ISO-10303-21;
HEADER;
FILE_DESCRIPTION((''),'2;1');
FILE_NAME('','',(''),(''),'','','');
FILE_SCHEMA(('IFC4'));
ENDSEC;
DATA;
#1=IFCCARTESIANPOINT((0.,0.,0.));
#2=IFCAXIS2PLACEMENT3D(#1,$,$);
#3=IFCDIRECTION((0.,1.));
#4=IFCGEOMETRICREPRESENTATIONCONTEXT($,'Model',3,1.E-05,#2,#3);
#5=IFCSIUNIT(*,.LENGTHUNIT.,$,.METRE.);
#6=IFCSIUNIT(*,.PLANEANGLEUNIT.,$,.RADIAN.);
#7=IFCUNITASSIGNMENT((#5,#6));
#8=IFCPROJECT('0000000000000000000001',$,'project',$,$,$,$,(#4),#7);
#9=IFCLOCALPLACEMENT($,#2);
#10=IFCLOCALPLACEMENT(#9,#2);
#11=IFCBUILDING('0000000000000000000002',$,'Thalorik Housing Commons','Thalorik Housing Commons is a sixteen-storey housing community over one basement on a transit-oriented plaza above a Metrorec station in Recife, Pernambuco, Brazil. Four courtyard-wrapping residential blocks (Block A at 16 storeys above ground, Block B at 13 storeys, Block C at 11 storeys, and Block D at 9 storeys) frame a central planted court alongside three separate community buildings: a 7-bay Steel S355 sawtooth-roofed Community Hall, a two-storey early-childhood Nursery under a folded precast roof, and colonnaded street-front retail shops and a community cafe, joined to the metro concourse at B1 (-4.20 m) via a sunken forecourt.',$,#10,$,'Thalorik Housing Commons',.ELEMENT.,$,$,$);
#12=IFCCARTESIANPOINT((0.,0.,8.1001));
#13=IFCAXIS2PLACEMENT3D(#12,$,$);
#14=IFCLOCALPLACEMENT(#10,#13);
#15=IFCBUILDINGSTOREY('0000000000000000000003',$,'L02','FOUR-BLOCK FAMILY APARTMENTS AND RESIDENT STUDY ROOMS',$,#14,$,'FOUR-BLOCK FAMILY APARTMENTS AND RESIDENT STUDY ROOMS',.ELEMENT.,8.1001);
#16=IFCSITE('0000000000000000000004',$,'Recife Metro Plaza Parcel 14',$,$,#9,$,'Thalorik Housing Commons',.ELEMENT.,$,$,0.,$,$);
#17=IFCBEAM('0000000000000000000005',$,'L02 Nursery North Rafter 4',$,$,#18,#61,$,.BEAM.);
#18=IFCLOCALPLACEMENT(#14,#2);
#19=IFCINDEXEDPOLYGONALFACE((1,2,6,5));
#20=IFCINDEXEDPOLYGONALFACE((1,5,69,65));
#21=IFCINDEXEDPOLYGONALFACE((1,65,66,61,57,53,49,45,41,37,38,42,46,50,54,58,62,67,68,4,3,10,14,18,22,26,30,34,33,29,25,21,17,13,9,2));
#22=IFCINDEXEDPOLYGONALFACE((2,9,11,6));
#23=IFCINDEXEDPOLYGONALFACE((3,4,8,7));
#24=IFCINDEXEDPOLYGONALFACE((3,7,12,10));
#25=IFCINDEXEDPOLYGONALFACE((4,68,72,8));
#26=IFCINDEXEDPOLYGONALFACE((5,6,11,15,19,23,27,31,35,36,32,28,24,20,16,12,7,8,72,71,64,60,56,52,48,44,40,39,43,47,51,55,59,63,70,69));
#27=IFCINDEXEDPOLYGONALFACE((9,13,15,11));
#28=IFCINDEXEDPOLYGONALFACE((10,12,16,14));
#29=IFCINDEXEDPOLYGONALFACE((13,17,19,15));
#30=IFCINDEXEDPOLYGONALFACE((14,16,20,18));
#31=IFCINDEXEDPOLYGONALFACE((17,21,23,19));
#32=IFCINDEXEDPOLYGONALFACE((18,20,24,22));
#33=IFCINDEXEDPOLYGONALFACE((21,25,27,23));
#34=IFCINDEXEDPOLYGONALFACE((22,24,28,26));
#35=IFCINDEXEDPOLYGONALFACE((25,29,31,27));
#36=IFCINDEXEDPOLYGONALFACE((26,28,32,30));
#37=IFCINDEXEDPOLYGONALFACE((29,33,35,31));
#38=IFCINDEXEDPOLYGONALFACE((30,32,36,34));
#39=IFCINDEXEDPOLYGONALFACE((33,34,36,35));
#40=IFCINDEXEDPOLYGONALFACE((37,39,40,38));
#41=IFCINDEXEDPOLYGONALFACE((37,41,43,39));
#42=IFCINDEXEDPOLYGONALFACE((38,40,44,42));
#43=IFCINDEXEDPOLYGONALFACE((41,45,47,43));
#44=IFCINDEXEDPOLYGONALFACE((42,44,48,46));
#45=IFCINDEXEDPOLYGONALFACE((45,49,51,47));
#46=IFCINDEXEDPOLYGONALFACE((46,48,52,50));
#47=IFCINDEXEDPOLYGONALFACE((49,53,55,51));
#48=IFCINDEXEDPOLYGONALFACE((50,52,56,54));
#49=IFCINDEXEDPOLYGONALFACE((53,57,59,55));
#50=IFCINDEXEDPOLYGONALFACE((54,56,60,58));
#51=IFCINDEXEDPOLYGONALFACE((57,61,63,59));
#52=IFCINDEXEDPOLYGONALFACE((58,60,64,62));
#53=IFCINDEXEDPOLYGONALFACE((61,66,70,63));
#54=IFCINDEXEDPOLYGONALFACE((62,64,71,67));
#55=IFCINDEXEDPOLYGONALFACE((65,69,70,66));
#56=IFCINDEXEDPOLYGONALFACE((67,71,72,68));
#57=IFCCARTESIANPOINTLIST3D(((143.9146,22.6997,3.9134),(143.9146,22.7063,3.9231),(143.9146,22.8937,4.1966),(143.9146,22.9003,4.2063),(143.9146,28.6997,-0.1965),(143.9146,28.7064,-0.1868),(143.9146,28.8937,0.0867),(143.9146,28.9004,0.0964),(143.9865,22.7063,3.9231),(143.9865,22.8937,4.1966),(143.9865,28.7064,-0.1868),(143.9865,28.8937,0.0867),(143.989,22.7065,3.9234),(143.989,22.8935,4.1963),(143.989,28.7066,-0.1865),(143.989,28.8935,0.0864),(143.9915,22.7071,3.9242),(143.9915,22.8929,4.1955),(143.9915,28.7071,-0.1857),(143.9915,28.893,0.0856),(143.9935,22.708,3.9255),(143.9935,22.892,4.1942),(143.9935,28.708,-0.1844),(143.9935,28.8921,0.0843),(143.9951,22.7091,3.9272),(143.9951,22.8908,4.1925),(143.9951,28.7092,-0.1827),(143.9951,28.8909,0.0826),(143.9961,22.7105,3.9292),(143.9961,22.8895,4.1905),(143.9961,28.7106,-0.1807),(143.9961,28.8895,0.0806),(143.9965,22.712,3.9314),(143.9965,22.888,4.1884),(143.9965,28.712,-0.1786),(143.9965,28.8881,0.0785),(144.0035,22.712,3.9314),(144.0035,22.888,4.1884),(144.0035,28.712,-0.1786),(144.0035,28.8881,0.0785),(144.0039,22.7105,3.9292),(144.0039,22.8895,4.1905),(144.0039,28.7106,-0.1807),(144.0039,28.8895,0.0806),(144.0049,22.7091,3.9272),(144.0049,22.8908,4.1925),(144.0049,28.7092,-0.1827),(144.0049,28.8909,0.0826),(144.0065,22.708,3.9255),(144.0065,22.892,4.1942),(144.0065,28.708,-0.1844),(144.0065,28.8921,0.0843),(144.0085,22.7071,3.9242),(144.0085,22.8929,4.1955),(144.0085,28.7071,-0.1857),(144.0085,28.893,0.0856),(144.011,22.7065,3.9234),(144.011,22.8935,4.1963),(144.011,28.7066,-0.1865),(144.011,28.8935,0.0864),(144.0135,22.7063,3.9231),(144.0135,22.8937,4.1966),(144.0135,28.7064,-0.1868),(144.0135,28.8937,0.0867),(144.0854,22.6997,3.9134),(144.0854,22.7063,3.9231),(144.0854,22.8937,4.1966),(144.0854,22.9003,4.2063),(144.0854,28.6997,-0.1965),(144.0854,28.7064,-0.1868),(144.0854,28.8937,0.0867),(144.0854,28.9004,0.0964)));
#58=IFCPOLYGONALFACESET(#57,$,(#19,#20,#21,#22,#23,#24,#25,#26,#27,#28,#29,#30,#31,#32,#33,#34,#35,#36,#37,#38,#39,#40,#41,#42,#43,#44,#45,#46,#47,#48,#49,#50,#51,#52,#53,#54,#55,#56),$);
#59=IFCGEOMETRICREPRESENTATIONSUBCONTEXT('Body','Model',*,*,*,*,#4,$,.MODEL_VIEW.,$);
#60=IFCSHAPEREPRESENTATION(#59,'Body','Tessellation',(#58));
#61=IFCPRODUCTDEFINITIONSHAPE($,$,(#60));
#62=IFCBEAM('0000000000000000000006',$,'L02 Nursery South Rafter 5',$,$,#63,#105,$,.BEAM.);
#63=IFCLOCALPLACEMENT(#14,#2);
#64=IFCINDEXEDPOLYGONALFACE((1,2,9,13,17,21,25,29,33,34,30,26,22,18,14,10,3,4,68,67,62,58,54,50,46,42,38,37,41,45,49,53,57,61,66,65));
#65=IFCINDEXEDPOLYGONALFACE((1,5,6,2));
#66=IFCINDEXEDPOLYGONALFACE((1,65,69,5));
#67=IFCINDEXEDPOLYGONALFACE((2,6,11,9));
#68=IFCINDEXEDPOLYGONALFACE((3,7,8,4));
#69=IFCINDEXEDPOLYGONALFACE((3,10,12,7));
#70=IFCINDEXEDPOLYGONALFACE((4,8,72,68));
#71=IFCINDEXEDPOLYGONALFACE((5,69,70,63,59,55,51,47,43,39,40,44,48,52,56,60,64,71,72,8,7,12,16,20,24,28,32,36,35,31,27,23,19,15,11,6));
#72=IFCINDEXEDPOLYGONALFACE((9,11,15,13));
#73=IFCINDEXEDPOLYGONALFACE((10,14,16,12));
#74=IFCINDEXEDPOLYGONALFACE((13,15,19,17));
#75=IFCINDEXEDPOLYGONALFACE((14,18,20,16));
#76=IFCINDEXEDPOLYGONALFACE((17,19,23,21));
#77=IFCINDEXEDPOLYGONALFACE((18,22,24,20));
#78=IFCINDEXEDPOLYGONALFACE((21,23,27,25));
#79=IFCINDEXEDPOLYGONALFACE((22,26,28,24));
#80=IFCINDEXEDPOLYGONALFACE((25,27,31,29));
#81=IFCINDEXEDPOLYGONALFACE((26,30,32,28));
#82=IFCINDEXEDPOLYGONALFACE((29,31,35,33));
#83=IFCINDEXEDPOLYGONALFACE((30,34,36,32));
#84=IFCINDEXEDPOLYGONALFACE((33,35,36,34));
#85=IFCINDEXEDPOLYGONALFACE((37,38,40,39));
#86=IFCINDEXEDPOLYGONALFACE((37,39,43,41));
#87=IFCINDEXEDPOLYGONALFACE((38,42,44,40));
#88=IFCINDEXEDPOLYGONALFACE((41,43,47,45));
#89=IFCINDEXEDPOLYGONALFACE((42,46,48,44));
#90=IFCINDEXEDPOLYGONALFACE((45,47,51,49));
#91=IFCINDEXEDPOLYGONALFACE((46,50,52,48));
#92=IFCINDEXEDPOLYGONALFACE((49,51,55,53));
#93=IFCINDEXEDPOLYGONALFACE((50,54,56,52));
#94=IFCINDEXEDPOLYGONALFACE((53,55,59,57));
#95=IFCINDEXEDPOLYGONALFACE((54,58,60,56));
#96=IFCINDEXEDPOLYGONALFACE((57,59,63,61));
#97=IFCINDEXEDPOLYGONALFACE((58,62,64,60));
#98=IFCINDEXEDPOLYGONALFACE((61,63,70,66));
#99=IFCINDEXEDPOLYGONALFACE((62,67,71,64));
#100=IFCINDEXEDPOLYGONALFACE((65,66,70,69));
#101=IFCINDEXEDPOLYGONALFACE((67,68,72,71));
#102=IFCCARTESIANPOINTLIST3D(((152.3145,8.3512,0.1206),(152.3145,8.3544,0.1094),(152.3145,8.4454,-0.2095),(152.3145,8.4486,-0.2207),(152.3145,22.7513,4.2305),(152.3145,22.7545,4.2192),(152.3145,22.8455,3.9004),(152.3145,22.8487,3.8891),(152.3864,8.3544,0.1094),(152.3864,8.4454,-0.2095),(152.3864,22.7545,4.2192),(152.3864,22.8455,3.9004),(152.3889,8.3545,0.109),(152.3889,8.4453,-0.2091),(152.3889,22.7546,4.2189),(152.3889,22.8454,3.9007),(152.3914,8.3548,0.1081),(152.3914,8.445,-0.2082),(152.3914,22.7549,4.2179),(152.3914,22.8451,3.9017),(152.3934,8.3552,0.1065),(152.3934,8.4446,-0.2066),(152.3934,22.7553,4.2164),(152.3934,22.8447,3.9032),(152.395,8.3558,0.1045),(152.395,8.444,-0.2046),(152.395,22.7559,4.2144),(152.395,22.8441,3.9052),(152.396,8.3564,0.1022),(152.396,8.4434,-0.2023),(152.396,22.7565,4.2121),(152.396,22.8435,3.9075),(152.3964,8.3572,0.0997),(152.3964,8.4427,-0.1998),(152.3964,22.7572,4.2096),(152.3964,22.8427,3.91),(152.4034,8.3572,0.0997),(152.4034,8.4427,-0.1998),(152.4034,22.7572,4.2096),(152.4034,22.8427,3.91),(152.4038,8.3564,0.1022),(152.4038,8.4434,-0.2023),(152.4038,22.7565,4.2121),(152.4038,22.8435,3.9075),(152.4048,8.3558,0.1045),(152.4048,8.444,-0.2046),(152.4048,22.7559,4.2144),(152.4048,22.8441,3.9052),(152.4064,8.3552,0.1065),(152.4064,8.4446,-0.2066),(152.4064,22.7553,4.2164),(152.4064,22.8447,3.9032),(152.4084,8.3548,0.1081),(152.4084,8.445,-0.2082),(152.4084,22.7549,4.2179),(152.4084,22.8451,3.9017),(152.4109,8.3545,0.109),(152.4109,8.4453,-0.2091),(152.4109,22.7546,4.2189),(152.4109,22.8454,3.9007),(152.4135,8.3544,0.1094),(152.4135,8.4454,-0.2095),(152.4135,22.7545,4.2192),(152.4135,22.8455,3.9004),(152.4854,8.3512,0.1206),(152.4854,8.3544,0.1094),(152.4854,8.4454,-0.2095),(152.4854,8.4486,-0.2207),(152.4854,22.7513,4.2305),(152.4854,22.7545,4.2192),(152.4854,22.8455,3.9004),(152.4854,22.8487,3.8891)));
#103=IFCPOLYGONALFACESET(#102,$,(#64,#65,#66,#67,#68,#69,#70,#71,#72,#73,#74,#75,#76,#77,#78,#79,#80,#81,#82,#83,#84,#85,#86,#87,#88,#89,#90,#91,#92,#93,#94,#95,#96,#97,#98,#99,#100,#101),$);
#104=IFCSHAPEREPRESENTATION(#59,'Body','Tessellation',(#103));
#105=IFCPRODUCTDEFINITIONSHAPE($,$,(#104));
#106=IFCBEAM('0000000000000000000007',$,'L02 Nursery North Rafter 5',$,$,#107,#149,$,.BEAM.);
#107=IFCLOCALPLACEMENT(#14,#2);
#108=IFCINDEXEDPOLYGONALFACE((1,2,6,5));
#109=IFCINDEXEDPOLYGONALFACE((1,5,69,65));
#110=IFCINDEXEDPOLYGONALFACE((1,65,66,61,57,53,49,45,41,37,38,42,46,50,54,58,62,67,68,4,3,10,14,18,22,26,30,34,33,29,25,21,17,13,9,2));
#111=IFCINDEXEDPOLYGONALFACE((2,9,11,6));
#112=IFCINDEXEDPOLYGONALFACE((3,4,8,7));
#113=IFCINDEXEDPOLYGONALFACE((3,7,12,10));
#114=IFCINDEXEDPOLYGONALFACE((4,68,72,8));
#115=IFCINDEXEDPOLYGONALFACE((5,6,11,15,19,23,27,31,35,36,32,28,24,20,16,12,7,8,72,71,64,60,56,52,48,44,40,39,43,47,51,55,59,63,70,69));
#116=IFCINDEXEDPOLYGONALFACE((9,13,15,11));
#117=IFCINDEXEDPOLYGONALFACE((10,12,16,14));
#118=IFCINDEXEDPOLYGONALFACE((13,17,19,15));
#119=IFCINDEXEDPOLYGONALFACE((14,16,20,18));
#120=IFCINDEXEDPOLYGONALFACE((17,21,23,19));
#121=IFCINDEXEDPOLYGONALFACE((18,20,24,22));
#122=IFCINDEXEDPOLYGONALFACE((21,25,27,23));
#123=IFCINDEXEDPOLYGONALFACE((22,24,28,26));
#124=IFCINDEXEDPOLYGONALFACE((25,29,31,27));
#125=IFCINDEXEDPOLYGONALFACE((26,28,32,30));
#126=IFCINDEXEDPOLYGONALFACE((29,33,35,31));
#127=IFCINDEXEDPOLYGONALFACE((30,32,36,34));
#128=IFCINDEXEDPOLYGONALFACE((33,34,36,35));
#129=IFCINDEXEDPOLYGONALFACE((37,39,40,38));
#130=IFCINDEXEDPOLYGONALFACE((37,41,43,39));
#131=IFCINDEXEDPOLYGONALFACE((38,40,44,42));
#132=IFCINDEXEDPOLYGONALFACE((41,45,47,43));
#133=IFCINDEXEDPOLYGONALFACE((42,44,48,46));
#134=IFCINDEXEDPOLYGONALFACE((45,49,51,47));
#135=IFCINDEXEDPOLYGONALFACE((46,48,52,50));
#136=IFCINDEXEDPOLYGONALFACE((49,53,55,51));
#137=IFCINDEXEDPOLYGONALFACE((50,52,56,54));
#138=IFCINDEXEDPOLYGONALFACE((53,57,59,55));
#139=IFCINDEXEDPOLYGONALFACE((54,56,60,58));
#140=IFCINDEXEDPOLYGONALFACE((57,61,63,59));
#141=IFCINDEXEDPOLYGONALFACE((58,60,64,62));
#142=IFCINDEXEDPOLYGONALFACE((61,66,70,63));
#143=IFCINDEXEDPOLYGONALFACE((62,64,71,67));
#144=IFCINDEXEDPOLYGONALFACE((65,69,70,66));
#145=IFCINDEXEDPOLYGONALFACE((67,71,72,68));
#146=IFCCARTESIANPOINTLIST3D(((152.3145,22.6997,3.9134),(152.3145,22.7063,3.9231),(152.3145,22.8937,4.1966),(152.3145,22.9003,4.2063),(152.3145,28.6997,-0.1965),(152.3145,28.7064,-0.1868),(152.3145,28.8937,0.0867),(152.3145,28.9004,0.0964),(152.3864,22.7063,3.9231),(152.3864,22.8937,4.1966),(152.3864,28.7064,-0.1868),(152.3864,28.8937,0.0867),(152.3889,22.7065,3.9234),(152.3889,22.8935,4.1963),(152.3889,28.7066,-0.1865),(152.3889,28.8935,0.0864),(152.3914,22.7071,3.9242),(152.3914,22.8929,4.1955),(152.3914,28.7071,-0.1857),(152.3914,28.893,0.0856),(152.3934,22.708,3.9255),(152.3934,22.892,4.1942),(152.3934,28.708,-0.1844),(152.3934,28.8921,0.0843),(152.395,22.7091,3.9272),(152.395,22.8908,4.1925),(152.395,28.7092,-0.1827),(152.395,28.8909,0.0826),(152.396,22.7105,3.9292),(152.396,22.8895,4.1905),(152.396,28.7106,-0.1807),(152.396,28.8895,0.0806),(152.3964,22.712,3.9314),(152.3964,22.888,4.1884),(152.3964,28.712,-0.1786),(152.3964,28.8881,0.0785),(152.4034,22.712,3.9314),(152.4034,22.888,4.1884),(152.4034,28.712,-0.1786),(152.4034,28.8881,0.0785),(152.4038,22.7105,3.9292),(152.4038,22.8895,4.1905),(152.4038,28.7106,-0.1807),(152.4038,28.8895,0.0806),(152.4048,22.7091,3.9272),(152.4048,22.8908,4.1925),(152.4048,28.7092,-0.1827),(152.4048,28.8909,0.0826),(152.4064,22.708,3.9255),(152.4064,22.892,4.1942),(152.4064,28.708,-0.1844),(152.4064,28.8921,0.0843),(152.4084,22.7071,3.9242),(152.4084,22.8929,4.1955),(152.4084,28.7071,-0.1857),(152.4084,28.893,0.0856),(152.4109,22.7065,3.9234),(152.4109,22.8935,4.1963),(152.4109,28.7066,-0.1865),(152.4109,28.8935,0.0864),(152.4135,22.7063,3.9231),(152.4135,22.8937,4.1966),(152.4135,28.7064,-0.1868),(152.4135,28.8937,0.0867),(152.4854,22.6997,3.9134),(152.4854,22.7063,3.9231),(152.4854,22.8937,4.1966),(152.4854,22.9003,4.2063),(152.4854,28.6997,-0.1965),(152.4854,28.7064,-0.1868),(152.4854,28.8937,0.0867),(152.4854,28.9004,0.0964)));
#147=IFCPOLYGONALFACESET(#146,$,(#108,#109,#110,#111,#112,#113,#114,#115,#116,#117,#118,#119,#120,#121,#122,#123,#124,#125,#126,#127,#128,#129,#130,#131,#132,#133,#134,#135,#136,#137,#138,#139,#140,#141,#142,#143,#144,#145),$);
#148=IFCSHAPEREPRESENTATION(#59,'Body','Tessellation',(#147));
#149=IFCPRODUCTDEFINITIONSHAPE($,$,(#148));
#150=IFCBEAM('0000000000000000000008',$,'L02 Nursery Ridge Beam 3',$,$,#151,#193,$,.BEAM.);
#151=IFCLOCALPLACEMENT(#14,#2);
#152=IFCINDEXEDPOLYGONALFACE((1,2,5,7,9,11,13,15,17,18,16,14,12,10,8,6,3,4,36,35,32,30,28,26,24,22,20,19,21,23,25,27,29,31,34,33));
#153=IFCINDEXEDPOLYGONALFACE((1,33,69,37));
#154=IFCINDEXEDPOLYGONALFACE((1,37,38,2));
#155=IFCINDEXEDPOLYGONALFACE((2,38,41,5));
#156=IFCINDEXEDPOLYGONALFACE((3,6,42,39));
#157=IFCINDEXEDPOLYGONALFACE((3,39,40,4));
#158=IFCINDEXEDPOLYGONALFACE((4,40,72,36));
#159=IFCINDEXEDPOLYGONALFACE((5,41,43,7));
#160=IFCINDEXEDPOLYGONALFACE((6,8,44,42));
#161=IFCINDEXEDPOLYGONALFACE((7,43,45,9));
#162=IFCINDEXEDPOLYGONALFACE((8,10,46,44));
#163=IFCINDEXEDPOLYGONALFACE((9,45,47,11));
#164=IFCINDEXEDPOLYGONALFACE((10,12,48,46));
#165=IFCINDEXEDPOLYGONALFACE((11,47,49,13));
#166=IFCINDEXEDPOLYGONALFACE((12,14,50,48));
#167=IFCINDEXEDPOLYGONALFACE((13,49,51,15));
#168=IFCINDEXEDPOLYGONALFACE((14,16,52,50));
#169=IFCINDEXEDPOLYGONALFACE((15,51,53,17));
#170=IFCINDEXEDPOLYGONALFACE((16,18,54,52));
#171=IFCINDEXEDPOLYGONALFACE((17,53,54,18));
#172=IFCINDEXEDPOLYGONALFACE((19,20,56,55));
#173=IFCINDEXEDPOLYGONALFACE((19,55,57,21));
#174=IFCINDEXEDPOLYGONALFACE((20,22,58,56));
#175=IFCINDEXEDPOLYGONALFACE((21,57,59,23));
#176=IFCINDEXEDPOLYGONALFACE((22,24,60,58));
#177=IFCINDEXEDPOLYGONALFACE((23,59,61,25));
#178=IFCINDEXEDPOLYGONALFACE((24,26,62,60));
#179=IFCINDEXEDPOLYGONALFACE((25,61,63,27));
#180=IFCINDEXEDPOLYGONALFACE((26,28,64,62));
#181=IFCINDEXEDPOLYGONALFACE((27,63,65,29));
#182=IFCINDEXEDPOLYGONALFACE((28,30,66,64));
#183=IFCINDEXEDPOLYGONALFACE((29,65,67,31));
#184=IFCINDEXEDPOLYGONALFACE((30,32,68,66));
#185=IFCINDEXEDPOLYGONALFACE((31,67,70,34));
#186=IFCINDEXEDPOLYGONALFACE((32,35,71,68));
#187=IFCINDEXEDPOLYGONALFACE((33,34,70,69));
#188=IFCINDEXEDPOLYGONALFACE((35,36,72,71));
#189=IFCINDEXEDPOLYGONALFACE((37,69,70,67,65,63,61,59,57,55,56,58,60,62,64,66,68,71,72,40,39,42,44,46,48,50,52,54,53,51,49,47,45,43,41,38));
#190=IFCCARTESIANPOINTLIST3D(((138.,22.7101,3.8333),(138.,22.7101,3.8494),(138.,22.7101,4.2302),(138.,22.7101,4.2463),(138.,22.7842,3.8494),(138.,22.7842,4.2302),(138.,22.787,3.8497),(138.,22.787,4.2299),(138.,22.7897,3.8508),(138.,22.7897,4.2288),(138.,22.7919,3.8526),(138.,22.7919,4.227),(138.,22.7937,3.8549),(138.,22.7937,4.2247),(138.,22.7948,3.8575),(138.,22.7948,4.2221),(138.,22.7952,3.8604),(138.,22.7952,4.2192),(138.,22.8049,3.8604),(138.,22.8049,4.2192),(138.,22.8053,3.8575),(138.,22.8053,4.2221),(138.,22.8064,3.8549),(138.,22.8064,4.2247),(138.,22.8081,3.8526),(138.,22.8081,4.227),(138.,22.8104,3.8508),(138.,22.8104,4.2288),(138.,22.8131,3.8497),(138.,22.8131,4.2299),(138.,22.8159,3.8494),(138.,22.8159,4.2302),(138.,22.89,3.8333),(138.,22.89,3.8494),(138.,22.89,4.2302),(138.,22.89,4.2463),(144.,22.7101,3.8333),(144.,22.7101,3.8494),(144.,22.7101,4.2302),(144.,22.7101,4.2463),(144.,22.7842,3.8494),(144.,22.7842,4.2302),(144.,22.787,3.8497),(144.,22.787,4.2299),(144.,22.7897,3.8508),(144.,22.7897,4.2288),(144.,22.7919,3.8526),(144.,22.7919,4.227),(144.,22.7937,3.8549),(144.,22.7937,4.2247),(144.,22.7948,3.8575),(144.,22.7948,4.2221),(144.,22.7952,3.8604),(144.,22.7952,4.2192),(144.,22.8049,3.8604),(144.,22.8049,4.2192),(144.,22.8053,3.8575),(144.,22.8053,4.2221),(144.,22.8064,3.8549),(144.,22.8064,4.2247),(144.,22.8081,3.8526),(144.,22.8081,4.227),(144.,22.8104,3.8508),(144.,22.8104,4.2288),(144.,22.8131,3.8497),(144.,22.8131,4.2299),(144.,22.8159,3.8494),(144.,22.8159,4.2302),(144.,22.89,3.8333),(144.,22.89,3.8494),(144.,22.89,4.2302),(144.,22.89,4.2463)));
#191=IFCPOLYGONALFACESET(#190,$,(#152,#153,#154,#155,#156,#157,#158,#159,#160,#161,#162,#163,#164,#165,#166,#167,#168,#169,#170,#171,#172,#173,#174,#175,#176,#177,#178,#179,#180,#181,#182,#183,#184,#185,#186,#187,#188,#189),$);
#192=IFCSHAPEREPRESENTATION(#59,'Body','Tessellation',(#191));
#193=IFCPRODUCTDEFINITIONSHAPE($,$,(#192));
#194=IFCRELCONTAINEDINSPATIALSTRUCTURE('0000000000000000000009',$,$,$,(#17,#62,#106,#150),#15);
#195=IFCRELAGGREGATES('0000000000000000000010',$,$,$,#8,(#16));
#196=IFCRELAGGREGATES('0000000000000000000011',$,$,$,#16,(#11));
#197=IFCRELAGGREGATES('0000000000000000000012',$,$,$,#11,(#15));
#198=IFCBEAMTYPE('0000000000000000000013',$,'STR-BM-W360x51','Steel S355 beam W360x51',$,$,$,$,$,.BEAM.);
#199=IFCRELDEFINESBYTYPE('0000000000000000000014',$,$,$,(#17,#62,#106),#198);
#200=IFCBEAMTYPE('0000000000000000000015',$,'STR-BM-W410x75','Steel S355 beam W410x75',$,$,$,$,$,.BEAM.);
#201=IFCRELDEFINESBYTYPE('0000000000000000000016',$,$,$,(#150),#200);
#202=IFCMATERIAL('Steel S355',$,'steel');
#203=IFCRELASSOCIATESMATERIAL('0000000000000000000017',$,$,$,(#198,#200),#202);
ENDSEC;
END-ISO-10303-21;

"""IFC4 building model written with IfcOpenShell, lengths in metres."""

from ifc_helpers import new_model, si_unit, direction, frame, origin, origin_2d, place, context, subcontext, project, spatial, i_section, extrude, material, material_profile, profile_set, type_object, element, save


model = new_model("IFC4")

# Units and contexts
model_context = context("Model", 3, precision=1e-05, world=origin(), true_north=direction((0.0, 1.0)))
body_context = subcontext(model_context, "Body", "Model", "MODEL_VIEW")
ifc_project = project(units=[si_unit("LENGTHUNIT", "METRE"), si_unit("PLANEANGLEUNIT", "RADIAN")], contexts=[model_context])

# Site, building, storey
site_placement = place(None, origin())
site = spatial("IfcSite", under=ifc_project, at=site_placement, Name="Recife Metro Plaza Parcel 14", LongName="Thalorik Housing Commons", CompositionType="ELEMENT", RefElevation=0.0)
building_placement = place(site_placement, origin())
building = spatial("IfcBuilding", under=site, at=building_placement, Name="Thalorik Housing Commons", Description="Thalorik Housing Commons is a sixteen-storey housing community over one basement on a transit-oriented plaza above a Metrorec station in Recife, Pernambuco, Brazil. Four courtyard-wrapping residential blocks (Block A at 16 storeys above ground, Block B at 13 storeys, Block C at 11 storeys, and Block D at 9 storeys) frame a central planted court alongside three separate community buildings: a 7-bay Steel S355 sawtooth-roofed Community Hall, a two-storey early-childhood Nursery under a folded precast roof, and colonnaded street-front retail shops and a community cafe, joined to the metro concourse at B1 (-4.20 m) via a sunken forecourt.", LongName="Thalorik Housing Commons", CompositionType="ELEMENT")
storey_placement = place(building_placement, frame((0.0, 0.0, 8.1001)))
storey = spatial("IfcBuildingStorey", under=building, at=storey_placement, Name="L02", Description="FOUR-BLOCK FAMILY APARTMENTS AND RESIDENT STUDY ROOMS", LongName="FOUR-BLOCK FAMILY APARTMENTS AND RESIDENT STUDY ROOMS", CompositionType="ELEMENT", Elevation=8.1001)

# Beams
ifc_material_1 = material(Name="Steel S355", Category="steel")
ifc_material_profile_1 = material_profile(ifc_material_1, i_section(OverallWidth=0.1709, OverallDepth=0.355, WebThickness=0.0071, FlangeThickness=0.0117, FilletRadius=0.01, at=origin_2d()), Name="W360x51", Category="steel")
ifc_profile_set_1 = profile_set([ifc_material_profile_1], Name="Steel S355")
beam_type_1 = type_object("IfcBeamType", Name="STR-BM-W360x51", Description="Steel S355 beam W360x51", PredefinedType="BEAM", material=ifc_profile_set_1)
beam_1_placement = place(storey_placement, frame((144.0, 28.8, -0.05), z_axis=(0.0, -0.825012, 0.565115), x_axis=(1.0, 0.0, 0.0)))
element("IfcBeam", 1, at=beam_1_placement, inside=storey, type_object=beam_type_1, Name="L02 Nursery North Rafter 4", PredefinedType="BEAM", context=body_context, shape_type="SweptSolid", body=[
    extrude(i_section(OverallWidth=0.1709, OverallDepth=0.355, WebThickness=0.0071, FlangeThickness=0.0117, FilletRadius=0.01, at=origin_2d()), origin(), (0.0, 0.0, 1.0), 7.2727),
])
beam_2_placement = place(storey_placement, frame((152.3999, 8.3999, -0.05), z_axis=(0.0, 0.961603, 0.274446), x_axis=(-1.0, 0.0, 0.0)))
element("IfcBeam", 2, at=beam_2_placement, inside=storey, type_object=beam_type_1, Name="L02 Nursery South Rafter 5", PredefinedType="BEAM", context=body_context, shape_type="SweptSolid", body=[
    extrude(i_section(OverallWidth=0.1709, OverallDepth=0.355, WebThickness=0.0071, FlangeThickness=0.0117, FilletRadius=0.01, at=origin_2d()), origin(), (0.0, 0.0, 1.0), 14.9751),
])
beam_3_placement = place(storey_placement, frame((152.3999, 28.8, -0.05), z_axis=(0.0, -0.825012, 0.565115), x_axis=(1.0, 0.0, 0.0)))
element("IfcBeam", 3, at=beam_3_placement, inside=storey, type_object=beam_type_1, Name="L02 Nursery North Rafter 5", PredefinedType="BEAM", context=body_context, shape_type="SweptSolid", body=[
    extrude(i_section(OverallWidth=0.1709, OverallDepth=0.355, WebThickness=0.0071, FlangeThickness=0.0117, FilletRadius=0.01, at=origin_2d()), origin(), (0.0, 0.0, 1.0), 7.2727),
])
ifc_material_profile_2 = material_profile(ifc_material_1, i_section(OverallWidth=0.1799, OverallDepth=0.4131, WebThickness=0.0098, FlangeThickness=0.0161, FilletRadius=0.011, at=origin_2d()), Name="W410x75", Category="steel")
ifc_profile_set_2 = profile_set([ifc_material_profile_2], Name="Steel S355")
beam_type_2 = type_object("IfcBeamType", Name="STR-BM-W410x75", Description="Steel S355 beam W410x75", PredefinedType="BEAM", material=ifc_profile_set_2)
beam_4_placement = place(storey_placement, frame((138.0, 22.8, 4.0398), z_axis=(1.0, 0.0, 0.0), x_axis=(0.0, 1.0, 0.0)))
element("IfcBeam", 4, at=beam_4_placement, inside=storey, type_object=beam_type_2, Name="L02 Nursery Ridge Beam 3", PredefinedType="BEAM", context=body_context, shape_type="SweptSolid", body=[
    extrude(i_section(OverallWidth=0.1799, OverallDepth=0.4131, WebThickness=0.0098, FlangeThickness=0.0161, FilletRadius=0.011, at=origin_2d()), origin(), (0.0, 0.0, 1.0), 6.0),
])

save(model, "model.ifc")
